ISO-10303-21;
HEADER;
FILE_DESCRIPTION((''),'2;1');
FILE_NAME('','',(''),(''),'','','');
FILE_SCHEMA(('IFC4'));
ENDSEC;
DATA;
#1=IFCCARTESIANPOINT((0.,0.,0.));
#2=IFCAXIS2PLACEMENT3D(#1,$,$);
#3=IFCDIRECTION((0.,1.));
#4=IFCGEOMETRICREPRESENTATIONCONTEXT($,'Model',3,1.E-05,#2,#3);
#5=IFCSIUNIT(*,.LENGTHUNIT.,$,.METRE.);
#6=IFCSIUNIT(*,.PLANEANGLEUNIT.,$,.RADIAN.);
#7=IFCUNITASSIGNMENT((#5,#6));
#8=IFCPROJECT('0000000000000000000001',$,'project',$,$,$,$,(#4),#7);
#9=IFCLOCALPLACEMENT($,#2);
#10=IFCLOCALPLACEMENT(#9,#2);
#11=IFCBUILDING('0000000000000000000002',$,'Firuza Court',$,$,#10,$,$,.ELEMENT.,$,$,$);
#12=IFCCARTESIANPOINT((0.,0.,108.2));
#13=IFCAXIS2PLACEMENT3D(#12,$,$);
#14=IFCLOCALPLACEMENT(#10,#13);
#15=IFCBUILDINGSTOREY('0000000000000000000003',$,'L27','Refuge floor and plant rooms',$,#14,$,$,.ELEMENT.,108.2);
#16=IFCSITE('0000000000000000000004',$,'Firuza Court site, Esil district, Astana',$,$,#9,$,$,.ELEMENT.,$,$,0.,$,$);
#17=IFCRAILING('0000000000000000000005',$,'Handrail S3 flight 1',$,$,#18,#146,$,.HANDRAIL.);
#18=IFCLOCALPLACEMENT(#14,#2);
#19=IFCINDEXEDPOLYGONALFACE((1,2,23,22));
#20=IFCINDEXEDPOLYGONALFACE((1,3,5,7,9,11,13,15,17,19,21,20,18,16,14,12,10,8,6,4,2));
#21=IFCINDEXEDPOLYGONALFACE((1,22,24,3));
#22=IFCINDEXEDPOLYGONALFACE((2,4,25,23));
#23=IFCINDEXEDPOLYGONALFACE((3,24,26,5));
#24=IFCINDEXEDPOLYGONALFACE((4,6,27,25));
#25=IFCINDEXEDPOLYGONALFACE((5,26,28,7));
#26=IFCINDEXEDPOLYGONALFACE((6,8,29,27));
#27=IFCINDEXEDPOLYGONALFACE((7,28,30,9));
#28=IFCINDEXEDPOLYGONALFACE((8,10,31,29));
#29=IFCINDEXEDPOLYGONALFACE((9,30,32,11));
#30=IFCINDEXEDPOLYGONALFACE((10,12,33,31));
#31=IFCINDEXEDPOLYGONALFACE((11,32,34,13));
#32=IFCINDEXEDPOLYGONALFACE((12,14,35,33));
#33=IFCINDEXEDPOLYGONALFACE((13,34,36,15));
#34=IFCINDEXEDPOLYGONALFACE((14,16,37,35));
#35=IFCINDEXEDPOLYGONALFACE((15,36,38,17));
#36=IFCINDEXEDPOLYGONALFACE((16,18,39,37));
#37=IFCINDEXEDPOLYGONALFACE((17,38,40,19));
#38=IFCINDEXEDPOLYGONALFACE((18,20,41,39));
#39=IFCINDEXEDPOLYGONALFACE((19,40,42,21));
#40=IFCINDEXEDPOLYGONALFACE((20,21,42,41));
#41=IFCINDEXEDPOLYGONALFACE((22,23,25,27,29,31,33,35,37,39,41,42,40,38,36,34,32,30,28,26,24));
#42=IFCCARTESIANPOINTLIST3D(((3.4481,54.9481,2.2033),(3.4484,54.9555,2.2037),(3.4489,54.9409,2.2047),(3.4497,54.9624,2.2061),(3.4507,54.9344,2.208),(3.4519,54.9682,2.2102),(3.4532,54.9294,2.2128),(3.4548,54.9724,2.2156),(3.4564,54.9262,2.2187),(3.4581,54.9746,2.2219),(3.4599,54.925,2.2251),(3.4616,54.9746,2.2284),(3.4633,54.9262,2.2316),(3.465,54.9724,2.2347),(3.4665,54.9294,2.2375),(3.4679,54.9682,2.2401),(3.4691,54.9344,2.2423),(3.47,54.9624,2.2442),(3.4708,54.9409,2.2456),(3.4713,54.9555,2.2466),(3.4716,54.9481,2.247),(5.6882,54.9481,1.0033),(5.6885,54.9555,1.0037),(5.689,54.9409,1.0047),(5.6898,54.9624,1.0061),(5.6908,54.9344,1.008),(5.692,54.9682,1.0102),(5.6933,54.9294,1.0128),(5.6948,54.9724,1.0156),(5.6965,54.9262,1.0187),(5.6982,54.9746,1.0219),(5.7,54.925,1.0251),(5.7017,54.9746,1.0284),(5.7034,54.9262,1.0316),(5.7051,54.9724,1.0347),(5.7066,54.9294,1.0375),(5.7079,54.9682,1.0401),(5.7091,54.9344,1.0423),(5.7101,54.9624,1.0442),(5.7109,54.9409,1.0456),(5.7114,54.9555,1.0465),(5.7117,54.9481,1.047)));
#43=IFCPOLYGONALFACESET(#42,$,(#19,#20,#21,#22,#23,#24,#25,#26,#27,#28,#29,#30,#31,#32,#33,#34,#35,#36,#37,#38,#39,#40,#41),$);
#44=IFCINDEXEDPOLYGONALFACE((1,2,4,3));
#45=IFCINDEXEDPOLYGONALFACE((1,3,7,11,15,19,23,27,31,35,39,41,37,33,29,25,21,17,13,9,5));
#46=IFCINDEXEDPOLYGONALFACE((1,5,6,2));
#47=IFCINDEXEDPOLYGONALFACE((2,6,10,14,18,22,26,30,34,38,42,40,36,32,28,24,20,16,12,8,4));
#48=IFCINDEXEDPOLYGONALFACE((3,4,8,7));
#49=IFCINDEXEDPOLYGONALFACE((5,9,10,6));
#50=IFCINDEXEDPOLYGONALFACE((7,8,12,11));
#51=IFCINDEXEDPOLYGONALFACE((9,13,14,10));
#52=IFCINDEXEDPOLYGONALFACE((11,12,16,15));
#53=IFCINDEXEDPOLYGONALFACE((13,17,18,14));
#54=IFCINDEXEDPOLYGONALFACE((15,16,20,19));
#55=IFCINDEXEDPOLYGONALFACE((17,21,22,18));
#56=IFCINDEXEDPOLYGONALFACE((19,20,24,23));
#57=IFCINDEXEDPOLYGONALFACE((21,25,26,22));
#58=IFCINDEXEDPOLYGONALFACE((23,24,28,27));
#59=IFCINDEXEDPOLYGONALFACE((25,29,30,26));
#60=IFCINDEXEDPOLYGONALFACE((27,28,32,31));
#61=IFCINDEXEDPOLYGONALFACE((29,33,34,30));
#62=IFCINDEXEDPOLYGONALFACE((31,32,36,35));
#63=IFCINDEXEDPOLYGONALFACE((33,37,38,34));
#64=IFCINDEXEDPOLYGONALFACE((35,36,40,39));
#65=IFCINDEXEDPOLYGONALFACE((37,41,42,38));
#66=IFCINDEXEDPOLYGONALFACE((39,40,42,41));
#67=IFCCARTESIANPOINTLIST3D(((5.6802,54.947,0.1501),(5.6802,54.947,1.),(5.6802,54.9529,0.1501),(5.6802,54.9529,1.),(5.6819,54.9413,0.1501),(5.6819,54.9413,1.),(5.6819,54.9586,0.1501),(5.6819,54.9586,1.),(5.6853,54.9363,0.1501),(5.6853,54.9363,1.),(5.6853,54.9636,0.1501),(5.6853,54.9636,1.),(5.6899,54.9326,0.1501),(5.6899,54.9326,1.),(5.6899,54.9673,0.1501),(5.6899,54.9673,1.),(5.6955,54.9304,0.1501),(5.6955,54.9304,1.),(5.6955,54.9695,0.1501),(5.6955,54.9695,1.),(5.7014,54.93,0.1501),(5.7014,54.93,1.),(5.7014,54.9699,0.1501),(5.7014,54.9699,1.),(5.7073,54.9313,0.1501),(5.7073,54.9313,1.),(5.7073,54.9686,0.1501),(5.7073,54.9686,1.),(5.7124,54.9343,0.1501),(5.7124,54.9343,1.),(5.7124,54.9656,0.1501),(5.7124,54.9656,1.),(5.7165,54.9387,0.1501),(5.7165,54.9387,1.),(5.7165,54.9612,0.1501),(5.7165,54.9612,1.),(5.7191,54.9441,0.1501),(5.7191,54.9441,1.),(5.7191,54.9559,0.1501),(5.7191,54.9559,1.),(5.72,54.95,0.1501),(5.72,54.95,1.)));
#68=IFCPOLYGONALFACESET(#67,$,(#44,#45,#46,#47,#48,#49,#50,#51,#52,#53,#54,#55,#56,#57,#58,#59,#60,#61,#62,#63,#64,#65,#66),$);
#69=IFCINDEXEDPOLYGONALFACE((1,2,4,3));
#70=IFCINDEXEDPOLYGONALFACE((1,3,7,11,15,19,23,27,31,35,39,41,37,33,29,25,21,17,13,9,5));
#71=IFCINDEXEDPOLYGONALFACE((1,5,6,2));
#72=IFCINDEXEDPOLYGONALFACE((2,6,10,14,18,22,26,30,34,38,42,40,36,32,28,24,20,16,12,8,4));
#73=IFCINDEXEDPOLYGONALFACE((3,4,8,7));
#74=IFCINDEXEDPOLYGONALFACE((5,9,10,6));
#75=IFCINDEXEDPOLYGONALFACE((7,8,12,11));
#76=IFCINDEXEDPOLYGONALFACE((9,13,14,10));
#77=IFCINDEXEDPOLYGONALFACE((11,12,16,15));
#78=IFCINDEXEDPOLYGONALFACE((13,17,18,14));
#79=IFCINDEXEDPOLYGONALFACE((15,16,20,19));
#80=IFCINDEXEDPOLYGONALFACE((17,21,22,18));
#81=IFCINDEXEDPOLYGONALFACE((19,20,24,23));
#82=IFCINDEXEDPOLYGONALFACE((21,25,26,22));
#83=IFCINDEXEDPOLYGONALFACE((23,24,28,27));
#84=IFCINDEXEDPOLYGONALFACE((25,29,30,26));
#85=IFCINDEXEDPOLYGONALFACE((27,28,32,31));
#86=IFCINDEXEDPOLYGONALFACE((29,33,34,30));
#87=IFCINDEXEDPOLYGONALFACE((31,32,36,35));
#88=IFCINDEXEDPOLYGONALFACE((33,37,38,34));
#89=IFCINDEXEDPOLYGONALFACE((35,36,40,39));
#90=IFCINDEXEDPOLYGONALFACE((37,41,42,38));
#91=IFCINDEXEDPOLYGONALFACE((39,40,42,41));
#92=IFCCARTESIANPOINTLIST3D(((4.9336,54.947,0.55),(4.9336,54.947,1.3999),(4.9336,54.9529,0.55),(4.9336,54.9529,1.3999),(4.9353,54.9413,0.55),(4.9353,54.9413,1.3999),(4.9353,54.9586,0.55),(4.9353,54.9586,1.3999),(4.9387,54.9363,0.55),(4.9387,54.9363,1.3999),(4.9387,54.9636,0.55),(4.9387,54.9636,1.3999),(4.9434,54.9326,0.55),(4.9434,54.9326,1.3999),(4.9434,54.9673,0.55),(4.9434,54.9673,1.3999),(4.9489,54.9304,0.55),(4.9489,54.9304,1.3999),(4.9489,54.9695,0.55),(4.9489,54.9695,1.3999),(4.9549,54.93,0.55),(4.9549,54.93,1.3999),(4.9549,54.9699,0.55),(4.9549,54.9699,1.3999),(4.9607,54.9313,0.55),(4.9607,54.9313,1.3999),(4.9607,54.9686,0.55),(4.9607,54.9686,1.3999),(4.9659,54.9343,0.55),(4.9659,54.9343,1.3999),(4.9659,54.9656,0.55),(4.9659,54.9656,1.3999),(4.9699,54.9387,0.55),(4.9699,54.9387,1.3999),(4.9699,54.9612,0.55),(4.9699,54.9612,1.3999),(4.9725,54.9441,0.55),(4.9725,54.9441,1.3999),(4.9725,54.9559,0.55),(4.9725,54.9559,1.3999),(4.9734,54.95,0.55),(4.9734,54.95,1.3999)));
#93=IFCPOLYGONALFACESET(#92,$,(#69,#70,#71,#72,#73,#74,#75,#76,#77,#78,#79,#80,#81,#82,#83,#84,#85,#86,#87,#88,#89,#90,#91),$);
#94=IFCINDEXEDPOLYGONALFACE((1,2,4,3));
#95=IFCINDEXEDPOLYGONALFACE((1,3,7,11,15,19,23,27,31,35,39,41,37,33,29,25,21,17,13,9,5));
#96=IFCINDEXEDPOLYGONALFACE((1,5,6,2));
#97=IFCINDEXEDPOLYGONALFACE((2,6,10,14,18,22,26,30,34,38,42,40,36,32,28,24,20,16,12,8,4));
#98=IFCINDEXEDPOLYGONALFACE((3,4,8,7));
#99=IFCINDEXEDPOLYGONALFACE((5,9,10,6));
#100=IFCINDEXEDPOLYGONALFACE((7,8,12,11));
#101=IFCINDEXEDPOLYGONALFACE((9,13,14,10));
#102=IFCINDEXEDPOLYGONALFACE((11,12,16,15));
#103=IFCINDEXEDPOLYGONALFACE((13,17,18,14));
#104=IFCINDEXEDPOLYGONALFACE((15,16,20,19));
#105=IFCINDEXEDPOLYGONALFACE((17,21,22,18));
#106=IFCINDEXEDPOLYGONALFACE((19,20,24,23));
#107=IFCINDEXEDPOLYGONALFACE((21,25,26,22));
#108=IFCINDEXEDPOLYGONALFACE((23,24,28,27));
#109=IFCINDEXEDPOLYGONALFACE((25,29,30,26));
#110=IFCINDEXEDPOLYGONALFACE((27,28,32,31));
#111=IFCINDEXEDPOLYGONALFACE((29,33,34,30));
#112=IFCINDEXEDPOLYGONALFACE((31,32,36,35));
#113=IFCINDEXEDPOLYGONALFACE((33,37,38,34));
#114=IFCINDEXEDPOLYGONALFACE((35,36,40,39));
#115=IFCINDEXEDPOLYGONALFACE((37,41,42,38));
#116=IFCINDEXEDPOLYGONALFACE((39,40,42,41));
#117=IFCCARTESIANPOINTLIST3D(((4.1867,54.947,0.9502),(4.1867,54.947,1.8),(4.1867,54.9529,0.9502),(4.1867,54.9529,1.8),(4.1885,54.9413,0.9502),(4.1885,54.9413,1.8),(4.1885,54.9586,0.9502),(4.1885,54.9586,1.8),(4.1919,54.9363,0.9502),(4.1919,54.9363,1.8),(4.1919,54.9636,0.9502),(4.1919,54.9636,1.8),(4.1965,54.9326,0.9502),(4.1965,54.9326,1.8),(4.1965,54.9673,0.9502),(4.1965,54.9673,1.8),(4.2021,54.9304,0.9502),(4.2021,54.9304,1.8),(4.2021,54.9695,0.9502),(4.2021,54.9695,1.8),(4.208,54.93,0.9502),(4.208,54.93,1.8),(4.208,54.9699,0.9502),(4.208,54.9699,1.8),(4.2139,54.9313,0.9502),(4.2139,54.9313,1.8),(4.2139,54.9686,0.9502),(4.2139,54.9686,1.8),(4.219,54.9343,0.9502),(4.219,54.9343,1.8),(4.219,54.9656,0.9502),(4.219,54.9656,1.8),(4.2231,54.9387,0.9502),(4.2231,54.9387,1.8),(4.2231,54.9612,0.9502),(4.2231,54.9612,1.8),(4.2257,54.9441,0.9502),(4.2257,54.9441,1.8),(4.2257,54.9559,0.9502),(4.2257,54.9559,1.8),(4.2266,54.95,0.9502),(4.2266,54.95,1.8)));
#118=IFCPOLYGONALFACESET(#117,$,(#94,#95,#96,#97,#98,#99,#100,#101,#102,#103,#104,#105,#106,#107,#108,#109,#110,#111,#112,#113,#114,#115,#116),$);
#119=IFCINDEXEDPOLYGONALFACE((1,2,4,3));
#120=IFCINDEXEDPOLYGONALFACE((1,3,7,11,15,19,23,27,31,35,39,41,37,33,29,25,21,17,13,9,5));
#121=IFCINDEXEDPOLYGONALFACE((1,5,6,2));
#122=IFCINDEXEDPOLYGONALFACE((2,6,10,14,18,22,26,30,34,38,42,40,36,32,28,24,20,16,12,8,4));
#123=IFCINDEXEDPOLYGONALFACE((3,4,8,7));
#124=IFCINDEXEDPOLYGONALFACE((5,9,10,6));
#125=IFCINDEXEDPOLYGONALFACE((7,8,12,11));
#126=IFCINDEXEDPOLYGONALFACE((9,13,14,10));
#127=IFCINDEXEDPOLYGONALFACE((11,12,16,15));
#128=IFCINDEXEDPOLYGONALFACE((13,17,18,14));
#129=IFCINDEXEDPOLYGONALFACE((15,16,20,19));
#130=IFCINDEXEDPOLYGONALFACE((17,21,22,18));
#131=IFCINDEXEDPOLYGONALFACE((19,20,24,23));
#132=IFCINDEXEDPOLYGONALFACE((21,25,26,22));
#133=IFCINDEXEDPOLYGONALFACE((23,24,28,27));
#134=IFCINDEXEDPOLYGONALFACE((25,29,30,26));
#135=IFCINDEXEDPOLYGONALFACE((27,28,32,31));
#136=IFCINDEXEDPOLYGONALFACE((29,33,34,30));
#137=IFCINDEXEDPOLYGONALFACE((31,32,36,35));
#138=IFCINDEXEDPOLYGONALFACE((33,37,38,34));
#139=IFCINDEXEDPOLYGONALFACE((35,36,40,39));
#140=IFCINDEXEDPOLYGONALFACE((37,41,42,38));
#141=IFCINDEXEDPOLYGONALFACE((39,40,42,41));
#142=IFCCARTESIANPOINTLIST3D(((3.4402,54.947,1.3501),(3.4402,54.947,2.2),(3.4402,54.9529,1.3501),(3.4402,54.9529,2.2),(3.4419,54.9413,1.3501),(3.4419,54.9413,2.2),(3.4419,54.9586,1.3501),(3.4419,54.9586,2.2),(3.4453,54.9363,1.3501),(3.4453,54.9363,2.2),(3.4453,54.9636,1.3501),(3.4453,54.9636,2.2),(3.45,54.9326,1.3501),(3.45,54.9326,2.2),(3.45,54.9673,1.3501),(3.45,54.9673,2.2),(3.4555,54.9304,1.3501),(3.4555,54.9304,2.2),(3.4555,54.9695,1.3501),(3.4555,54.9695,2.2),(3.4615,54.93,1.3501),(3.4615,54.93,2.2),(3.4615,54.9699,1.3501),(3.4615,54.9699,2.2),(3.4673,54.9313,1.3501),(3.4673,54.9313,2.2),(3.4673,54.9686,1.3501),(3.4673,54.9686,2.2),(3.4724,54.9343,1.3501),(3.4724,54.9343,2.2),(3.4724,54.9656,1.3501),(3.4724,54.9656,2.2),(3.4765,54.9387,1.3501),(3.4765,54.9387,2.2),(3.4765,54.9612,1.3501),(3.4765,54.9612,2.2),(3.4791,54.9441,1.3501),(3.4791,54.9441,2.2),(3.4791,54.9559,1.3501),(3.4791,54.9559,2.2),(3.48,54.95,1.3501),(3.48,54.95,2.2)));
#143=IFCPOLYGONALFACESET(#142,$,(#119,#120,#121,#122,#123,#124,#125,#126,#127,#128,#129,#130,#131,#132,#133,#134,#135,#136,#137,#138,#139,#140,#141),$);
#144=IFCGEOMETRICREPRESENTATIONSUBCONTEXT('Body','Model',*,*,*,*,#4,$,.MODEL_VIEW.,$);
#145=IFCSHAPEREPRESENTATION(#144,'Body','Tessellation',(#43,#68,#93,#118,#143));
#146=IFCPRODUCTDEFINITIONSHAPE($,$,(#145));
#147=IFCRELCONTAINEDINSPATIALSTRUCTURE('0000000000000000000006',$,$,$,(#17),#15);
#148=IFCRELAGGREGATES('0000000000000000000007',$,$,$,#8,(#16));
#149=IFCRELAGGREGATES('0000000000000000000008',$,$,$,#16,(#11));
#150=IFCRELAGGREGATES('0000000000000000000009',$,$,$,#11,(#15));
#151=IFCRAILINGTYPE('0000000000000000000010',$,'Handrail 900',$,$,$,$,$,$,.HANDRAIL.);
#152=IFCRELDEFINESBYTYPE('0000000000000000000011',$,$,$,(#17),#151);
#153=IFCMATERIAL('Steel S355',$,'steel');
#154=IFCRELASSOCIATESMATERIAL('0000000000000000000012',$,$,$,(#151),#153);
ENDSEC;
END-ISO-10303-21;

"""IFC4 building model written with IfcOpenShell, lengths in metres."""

from ifc_helpers import new_model, si_unit, direction, frame, origin, origin_2d, place, context, subcontext, project, spatial, circle, extrude, material, type_object, element, save


model = new_model("IFC4")

# Units and contexts
model_context = context("Model", 3, precision=1e-05, world=origin(), true_north=direction((0.0, 1.0)))
body_context = subcontext(model_context, "Body", "Model", "MODEL_VIEW")
ifc_project = project(units=[si_unit("LENGTHUNIT", "METRE"), si_unit("PLANEANGLEUNIT", "RADIAN")], contexts=[model_context])

# Site, building, storey
site_placement = place(None, origin())
site = spatial("IfcSite", under=ifc_project, at=site_placement, Name="Firuza Court site, Esil district, Astana", CompositionType="ELEMENT", RefElevation=0.0)
building_placement = place(site_placement, origin())
building = spatial("IfcBuilding", under=site, at=building_placement, Name="Firuza Court", CompositionType="ELEMENT")
storey_placement = place(building_placement, frame((0.0, 0.0, 108.2)))
storey = spatial("IfcBuildingStorey", under=building, at=storey_placement, Name="L27", Description="Refuge floor and plant rooms", CompositionType="ELEMENT", Elevation=108.2)

# Railing
ifc_material_1 = material(Name="Steel S355", Category="steel")
railing_type_1 = type_object("IfcRailingType", Name="Handrail 900", PredefinedType="HANDRAIL", material=ifc_material_1)
for number, where, name in (
    (1, (5.7, 54.95, 0.1501), "Handrail S3 flight 1"),
):
    element("IfcRailing", number, at=place(storey_placement, frame(where)), inside=storey, type_object=railing_type_1, Name=name, PredefinedType="HANDRAIL", context=body_context, shape_type="SweptSolid", body=[
        extrude(circle(Radius=0.0249, at=origin_2d()), frame((0.0, 0.0, 0.875), z_axis=(-0.881487, 0.0, 0.472208), x_axis=(0.0, -1.0, 0.0)), (0.0, 0.0, 1.0), 2.5413),
        extrude(circle(Radius=0.02, at=origin_2d()), origin(), (0.0, 0.0, 1.0), 0.8499),
        extrude(circle(Radius=0.02, at=origin_2d()), frame((-0.7466, 0.0, 0.3999)), (0.0, 0.0, 1.0), 0.8499),
        extrude(circle(Radius=0.02, at=origin_2d()), frame((-1.4934, 0.0, 0.8)), (0.0, 0.0, 1.0), 0.8499),
        extrude(circle(Radius=0.02, at=origin_2d()), frame((-2.24, 0.0, 1.2)), (0.0, 0.0, 1.0), 0.8499),
    ])

save(model, "model.ifc")
